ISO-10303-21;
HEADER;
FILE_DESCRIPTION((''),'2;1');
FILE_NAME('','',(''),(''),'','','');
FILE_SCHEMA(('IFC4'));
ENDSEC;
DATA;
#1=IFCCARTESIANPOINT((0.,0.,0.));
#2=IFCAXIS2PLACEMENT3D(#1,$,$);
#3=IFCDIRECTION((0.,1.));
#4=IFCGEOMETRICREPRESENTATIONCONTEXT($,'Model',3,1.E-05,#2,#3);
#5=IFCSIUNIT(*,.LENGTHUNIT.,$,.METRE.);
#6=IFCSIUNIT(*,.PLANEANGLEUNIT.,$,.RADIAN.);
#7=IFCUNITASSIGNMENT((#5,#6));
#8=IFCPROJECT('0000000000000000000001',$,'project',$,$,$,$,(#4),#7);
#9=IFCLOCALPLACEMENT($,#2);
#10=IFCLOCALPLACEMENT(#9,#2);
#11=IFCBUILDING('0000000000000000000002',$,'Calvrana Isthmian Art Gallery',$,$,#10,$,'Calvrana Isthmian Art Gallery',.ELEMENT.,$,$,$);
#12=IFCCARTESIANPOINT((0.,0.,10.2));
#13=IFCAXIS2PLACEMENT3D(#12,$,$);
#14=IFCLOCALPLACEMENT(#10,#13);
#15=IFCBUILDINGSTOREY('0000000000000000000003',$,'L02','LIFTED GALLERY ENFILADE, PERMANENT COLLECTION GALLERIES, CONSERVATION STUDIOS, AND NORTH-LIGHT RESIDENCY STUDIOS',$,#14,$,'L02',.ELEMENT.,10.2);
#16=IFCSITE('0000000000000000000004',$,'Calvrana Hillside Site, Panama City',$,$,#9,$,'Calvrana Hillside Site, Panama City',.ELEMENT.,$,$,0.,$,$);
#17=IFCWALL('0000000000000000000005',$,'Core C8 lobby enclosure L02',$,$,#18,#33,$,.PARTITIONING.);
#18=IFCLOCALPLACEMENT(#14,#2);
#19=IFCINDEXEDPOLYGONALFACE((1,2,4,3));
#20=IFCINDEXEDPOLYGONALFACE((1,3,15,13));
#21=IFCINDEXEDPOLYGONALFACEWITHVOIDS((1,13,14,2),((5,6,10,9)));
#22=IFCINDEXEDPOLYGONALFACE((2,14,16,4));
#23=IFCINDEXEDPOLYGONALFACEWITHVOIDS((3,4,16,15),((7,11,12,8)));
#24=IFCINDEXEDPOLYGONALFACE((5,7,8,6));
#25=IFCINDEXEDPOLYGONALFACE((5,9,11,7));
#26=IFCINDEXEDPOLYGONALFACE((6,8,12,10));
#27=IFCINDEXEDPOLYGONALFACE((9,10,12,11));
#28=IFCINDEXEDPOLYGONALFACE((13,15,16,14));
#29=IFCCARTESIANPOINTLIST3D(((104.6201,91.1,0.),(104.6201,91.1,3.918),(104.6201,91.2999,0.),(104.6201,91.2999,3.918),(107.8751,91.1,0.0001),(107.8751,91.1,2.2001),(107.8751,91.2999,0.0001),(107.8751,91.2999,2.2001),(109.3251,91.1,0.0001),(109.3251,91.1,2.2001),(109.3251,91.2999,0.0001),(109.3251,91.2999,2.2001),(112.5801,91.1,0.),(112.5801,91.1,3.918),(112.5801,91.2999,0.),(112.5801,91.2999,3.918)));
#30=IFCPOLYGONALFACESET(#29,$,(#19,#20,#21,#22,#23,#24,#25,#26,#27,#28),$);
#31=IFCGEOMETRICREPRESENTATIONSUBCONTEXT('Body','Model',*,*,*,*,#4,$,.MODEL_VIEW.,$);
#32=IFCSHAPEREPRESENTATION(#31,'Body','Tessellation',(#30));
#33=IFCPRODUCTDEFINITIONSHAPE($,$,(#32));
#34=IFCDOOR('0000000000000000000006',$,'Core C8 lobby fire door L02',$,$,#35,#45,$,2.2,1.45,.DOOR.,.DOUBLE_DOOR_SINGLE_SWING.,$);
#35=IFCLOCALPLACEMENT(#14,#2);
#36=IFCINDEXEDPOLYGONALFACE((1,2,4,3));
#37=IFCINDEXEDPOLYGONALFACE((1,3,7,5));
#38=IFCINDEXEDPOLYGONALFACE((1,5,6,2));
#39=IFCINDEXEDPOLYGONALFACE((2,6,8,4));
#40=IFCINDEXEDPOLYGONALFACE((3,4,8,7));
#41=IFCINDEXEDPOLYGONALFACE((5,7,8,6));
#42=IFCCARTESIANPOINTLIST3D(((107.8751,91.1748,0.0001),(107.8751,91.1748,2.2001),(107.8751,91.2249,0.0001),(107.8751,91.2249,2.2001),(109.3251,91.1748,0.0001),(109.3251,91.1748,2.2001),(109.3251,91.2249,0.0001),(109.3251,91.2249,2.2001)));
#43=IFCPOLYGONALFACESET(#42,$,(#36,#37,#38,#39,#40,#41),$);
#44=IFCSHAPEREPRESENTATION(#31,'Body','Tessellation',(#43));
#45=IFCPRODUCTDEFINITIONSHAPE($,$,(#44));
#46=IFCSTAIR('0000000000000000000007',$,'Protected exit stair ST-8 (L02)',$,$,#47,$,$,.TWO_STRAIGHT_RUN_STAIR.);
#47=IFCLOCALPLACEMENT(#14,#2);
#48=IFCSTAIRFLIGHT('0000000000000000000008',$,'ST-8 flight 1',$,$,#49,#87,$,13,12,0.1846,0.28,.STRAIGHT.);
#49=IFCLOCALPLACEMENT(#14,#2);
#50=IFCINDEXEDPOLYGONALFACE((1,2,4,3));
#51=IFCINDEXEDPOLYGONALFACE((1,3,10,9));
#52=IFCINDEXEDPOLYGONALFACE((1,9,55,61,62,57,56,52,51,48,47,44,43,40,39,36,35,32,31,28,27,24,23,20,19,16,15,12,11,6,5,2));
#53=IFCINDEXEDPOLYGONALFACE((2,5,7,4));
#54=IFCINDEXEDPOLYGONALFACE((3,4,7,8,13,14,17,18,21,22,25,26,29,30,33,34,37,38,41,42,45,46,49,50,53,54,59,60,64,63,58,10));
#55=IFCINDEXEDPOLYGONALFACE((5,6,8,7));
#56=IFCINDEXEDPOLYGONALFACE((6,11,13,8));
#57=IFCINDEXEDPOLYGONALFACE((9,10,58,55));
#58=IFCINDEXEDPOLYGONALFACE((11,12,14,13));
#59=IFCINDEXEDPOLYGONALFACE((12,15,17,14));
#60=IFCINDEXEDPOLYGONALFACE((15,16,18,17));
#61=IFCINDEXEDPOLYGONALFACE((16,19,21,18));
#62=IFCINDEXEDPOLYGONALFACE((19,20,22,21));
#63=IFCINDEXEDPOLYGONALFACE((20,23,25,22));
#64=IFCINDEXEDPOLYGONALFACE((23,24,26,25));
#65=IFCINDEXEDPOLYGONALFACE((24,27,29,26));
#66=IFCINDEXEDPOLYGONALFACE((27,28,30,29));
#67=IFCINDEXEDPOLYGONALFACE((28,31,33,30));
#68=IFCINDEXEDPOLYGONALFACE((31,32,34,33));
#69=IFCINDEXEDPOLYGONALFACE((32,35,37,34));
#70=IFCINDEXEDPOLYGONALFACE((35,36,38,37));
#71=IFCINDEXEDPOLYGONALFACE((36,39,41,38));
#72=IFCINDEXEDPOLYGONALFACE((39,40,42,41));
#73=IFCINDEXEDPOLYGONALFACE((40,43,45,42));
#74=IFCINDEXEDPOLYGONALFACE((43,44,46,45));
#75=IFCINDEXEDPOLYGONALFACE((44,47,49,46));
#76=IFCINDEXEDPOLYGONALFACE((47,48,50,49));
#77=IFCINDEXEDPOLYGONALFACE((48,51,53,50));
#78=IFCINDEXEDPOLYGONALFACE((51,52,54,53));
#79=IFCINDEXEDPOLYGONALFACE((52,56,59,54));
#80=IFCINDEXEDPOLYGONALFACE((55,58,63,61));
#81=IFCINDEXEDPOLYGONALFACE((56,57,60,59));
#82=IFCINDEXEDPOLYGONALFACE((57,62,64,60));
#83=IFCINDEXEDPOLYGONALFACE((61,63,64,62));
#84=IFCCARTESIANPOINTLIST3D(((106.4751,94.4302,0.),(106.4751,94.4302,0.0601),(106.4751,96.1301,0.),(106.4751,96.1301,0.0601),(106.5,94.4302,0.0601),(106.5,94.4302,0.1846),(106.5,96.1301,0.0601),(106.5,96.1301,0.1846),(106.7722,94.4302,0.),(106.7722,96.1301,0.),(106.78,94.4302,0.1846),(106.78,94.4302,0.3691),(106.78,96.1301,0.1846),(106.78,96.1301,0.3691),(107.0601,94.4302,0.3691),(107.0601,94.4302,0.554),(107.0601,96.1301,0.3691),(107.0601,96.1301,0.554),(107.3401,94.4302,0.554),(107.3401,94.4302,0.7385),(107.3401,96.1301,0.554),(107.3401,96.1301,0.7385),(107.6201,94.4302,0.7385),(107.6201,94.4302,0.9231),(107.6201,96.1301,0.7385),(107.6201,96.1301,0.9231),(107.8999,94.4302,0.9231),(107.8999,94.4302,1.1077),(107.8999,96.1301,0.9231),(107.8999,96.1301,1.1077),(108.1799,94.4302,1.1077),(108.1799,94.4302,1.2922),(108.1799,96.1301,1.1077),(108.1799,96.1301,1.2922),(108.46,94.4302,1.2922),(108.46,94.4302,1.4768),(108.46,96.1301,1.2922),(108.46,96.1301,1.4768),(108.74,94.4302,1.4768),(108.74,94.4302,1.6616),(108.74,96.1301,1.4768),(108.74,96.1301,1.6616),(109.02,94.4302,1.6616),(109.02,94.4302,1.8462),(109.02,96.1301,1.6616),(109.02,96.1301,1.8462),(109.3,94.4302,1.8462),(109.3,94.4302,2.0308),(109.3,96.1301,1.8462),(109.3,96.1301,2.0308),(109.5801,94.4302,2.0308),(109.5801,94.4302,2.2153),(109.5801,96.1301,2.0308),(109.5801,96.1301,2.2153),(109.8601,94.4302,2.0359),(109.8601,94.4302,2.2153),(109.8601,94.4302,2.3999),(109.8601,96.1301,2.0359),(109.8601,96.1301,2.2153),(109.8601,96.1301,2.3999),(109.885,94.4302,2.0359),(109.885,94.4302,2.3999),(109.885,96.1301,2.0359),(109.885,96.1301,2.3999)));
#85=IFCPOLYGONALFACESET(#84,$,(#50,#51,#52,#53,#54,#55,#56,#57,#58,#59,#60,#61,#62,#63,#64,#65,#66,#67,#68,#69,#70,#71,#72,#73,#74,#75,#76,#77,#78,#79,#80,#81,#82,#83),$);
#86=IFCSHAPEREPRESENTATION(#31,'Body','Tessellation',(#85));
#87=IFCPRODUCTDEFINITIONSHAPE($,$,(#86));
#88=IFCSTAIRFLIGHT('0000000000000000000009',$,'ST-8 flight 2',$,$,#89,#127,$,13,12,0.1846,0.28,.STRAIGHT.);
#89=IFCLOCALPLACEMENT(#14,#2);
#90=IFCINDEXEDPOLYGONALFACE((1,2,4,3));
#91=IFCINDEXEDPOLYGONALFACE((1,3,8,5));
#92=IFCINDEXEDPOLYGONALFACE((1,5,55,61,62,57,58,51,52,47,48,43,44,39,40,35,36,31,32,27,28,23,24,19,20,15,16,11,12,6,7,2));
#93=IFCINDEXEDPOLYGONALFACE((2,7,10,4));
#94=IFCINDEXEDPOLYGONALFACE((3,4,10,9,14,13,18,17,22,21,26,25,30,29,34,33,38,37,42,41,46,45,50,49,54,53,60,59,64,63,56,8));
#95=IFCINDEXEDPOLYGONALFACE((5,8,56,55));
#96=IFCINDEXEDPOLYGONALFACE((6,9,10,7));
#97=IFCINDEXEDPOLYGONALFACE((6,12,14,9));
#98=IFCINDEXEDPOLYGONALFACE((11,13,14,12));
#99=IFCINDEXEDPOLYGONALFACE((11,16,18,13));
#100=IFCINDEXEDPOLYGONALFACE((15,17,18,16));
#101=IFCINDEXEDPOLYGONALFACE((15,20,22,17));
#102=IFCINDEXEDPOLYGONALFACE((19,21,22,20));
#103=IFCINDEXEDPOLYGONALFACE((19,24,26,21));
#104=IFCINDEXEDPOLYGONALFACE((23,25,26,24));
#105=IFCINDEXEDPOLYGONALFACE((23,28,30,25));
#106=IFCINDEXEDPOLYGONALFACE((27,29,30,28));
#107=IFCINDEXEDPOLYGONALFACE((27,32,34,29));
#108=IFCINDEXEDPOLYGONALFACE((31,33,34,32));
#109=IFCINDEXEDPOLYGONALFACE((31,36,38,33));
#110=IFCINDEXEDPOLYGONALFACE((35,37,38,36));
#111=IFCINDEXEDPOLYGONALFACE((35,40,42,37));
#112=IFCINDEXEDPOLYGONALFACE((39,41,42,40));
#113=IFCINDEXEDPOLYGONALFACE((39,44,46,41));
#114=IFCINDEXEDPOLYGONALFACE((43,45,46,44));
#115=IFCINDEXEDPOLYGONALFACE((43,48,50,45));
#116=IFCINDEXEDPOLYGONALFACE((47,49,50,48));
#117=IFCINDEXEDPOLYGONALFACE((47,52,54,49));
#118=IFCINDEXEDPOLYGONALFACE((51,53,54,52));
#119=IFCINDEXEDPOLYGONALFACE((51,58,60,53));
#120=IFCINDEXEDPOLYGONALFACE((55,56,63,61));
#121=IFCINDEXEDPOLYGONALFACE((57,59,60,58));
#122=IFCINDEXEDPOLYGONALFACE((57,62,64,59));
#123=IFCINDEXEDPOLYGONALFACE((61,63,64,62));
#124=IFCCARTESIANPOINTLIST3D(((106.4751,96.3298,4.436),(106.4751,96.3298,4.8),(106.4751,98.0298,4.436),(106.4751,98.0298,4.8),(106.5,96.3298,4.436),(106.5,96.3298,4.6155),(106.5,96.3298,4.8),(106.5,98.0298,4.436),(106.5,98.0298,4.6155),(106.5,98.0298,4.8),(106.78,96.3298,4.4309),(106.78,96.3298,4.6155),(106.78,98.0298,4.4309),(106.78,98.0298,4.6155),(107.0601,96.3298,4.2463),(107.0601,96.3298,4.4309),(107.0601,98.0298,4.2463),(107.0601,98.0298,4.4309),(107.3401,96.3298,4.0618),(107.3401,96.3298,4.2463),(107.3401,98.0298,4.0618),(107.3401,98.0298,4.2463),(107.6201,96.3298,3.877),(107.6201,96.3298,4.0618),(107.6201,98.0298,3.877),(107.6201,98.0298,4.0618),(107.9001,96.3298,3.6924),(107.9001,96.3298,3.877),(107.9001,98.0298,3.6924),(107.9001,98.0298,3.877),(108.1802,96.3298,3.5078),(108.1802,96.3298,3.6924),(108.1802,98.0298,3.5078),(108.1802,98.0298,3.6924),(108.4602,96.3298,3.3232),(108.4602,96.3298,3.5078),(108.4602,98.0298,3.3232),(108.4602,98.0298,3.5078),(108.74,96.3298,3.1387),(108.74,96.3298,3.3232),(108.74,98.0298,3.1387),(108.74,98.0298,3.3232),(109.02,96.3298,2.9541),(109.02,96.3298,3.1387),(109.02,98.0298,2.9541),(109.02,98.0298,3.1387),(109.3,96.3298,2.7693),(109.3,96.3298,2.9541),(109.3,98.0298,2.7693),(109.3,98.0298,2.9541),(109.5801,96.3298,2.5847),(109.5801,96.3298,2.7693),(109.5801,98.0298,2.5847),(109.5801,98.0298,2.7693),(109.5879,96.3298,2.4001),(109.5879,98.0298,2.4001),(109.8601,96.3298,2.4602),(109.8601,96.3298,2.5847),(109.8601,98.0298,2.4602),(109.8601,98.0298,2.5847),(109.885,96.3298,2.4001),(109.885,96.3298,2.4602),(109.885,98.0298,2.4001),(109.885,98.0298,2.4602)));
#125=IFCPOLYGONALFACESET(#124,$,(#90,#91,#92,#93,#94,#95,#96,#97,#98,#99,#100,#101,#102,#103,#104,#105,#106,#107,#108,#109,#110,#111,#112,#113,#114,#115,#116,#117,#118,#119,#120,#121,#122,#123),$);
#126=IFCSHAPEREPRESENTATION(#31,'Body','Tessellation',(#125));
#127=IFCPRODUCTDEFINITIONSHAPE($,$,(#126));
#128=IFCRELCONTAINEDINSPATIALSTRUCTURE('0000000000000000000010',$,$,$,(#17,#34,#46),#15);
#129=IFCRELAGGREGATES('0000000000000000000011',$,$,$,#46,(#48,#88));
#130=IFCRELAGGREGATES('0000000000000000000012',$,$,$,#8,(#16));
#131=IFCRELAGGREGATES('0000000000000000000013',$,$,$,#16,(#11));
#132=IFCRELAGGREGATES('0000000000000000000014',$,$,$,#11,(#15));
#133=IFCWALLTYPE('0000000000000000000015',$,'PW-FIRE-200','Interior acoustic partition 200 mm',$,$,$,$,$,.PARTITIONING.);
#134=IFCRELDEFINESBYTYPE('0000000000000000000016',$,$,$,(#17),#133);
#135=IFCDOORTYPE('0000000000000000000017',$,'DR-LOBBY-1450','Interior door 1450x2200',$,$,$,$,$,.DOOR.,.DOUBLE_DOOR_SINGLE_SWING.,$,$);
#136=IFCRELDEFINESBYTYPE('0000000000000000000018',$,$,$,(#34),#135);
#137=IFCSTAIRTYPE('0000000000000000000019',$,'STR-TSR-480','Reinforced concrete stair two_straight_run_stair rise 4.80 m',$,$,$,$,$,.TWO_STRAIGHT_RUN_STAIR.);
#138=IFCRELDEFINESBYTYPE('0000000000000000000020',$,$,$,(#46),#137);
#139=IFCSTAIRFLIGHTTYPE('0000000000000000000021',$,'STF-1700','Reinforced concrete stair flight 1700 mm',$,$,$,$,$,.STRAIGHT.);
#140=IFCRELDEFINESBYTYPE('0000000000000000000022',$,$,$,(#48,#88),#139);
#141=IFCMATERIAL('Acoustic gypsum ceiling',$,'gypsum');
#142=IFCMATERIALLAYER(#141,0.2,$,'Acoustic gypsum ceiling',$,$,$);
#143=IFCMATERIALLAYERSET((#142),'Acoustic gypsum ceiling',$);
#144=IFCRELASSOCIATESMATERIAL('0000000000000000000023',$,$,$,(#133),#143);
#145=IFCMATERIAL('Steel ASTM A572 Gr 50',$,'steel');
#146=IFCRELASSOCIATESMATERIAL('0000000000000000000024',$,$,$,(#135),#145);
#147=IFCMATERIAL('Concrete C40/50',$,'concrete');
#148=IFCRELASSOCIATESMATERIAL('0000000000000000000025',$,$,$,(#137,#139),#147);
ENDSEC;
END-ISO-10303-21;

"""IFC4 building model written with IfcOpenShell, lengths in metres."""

from ifc_helpers import new_model, si_unit, direction, frame, frame_2d, origin, place, context, subcontext, project, spatial, polyline, rectangle, outline, extrude, material, layer, layer_set, type_object, element, fill, aggregate, save


model = new_model("IFC4")

# Units and contexts
model_context = context("Model", 3, precision=1e-05, world=origin(), true_north=direction((0.0, 1.0)))
body_context = subcontext(model_context, "Body", "Model", "MODEL_VIEW")
ifc_project = project(units=[si_unit("LENGTHUNIT", "METRE"), si_unit("PLANEANGLEUNIT", "RADIAN")], contexts=[model_context])

# Site, building, storey
site_placement = place(None, origin())
site = spatial("IfcSite", under=ifc_project, at=site_placement, Name="Calvrana Hillside Site, Panama City", LongName="Calvrana Hillside Site, Panama City", CompositionType="ELEMENT", RefElevation=0.0)
building_placement = place(site_placement, origin())
building = spatial("IfcBuilding", under=site, at=building_placement, Name="Calvrana Isthmian Art Gallery", LongName="Calvrana Isthmian Art Gallery", CompositionType="ELEMENT")
storey_placement = place(building_placement, frame((0.0, 0.0, 10.2)))
storey = spatial("IfcBuildingStorey", under=building, at=storey_placement, Name="L02", Description="LIFTED GALLERY ENFILADE, PERMANENT COLLECTION GALLERIES, CONSERVATION STUDIOS, AND NORTH-LIGHT RESIDENCY STUDIOS", LongName="L02", CompositionType="ELEMENT", Elevation=10.2)

# Shared definitions
ifc_material_1 = material(Name="Concrete C40/50", Category="concrete")
ifc_material_2 = material(Name="Steel ASTM A572 Gr 50", Category="steel")

# Shared definitions
ifc_material_3 = material(Name="Acoustic gypsum ceiling", Category="gypsum")
ifc_layer_1 = layer(ifc_material_3, 0.2, Name="Acoustic gypsum ceiling")
ifc_layer_set_1 = layer_set([ifc_layer_1], Name="Acoustic gypsum ceiling")
wall_type_1 = type_object("IfcWallType", Name="PW-FIRE-200", Description="Interior acoustic partition 200 mm", PredefinedType="PARTITIONING", material=ifc_layer_set_1)

# Wall, opening, door
wall_1_placement = place(storey_placement, frame((104.6201, 91.2, 0.0), z_axis=(0.0, 0.0, 1.0), x_axis=(1.0, 0.0, 0.0)))
wall_1 = element("IfcWall", 1, at=wall_1_placement, inside=storey, type_object=wall_type_1, Name="Core C8 lobby enclosure L02", PredefinedType="PARTITIONING", context=body_context, shape_type="SweptSolid", body=[
    extrude(rectangle(XDim=7.96, YDim=0.2, at=frame_2d((3.98, 0.0))), origin(), (0.0, 0.0, 1.0), 3.918),
])
opening_1_placement = place(wall_1_placement, frame((3.2549, 0.0, 0.0)))
opening_1 = element("IfcOpeningElement", 2, at=opening_1_placement, cuts=wall_1, PredefinedType="OPENING", context=body_context, shape_type="SweptSolid", body=[
    extrude(rectangle(XDim=1.45, YDim=2.2, at=frame_2d((0.7251, 1.1001))), frame((0.0, 0.1104, 0.0), z_axis=(0.0, -1.0, 0.0), x_axis=(1.0, 0.0, 0.0)), (0.0, 0.0, 1.0), 0.2205),
])
door_type_1 = type_object("IfcDoorType", Name="DR-LOBBY-1450", Description="Interior door 1450x2200", OperationType="DOUBLE_DOOR_SINGLE_SWING", PredefinedType="DOOR", material=ifc_material_2)
door_1_placement = place(opening_1_placement, origin())
door_1 = element("IfcDoor", 3, at=door_1_placement, inside=storey, type_object=door_type_1, Name="Core C8 lobby fire door L02", OperationType="DOUBLE_DOOR_SINGLE_SWING", OverallHeight=2.2, OverallWidth=1.45, PredefinedType="DOOR", context=body_context, shape_type="SweptSolid", body=[
    extrude(rectangle(XDim=1.45, YDim=2.2, at=frame_2d((0.7251, 1.1001))), frame((0.0, 0.0249, 0.0), z_axis=(0.0, -1.0, 0.0), x_axis=(1.0, 0.0, 0.0)), (0.0, 0.0, 1.0), 0.05),
])
fill(opening_1, door_1)

# Stair, stair flights
stair_type = type_object("IfcStairType", Name="STR-TSR-480", Description="Reinforced concrete stair two_straight_run_stair rise 4.80 m", PredefinedType="TWO_STRAIGHT_RUN_STAIR", material=ifc_material_1)
stair_placement = place(storey_placement, origin())
stair = element("IfcStair", 4, at=stair_placement, inside=storey, type_object=stair_type, Name="Protected exit stair ST-8 (L02)", PredefinedType="TWO_STRAIGHT_RUN_STAIR")
stair_flight_type = type_object("IfcStairFlightType", Name="STF-1700", Description="Reinforced concrete stair flight 1700 mm", PredefinedType="STRAIGHT", material=ifc_material_1)
stair_flight_1_placement = place(storey_placement, frame((106.5, 95.28, 0.0), z_axis=(0.0, 0.0, 1.0), x_axis=(1.0, 0.0, 0.0)))
stair_flight_1 = element("IfcStairFlight", 5, at=stair_flight_1_placement, type_object=stair_flight_type, Name="ST-8 flight 1", NumberOfRisers=13, NumberOfTreads=12, PredefinedType="STRAIGHT", RiserHeight=0.1846, TreadLength=0.28, context=body_context, shape_type="SweptSolid", body=[
    extrude(outline(polyline([(-0.0249, 0.0), (-0.0249, 0.0601), (0.0, 0.0601), (0.0, 0.1846), (0.28, 0.1846), (0.28, 0.3691), (0.5601, 0.3691), (0.5601, 0.554), (0.8401, 0.554), (0.8401, 0.7385), (1.1201, 0.7385), (1.1201, 0.9231), (1.3999, 0.9231), (1.3999, 1.1077), (1.6799, 1.1077), (1.6799, 1.2922), (1.96, 1.2922), (1.96, 1.4768), (2.24, 1.4768), (2.24, 1.6616), (2.52, 1.6616), (2.52, 1.8462), (2.8, 1.8462), (2.8, 2.0308), (3.0801, 2.0308), (3.0801, 2.2153), (3.3601, 2.2153), (3.3601, 2.3999), (3.385, 2.3999), (3.385, 2.0359), (3.3601, 2.0359), (0.2722, 0.0), (-0.0249, 0.0)])), frame((0.0, 0.8501, 0.0), z_axis=(0.0, -1.0, 0.0), x_axis=(1.0, 0.0, 0.0)), (0.0, 0.0, 1.0), 1.7),
])
stair_flight_2_placement = place(storey_placement, frame((109.8601, 97.1799, 2.4001), z_axis=(0.0, 0.0, 1.0), x_axis=(-1.0, 0.0, 0.0)))
stair_flight_2 = element("IfcStairFlight", 6, at=stair_flight_2_placement, type_object=stair_flight_type, Name="ST-8 flight 2", NumberOfRisers=13, NumberOfTreads=12, PredefinedType="STRAIGHT", RiserHeight=0.1846, TreadLength=0.28, context=body_context, shape_type="SweptSolid", body=[
    extrude(outline(polyline([(-0.0249, 0.0), (-0.0249, 0.0601), (0.0, 0.0601), (0.0, 0.1846), (0.28, 0.1846), (0.28, 0.3691), (0.5601, 0.3691), (0.5601, 0.554), (0.8401, 0.554), (0.8401, 0.7385), (1.1201, 0.7385), (1.1201, 0.9231), (1.3999, 0.9231), (1.3999, 1.1077), (1.6799, 1.1077), (1.6799, 1.2922), (1.96, 1.2922), (1.96, 1.4768), (2.24, 1.4768), (2.24, 1.6616), (2.52, 1.6616), (2.52, 1.8462), (2.8, 1.8462), (2.8, 2.0308), (3.0801, 2.0308), (3.0801, 2.2153), (3.3601, 2.2153), (3.3601, 2.3999), (3.385, 2.3999), (3.385, 2.0359), (3.3601, 2.0359), (0.2722, 0.0), (-0.0249, 0.0)])), frame((0.0, 0.8501, 0.0), z_axis=(0.0, -1.0, 0.0), x_axis=(1.0, 0.0, 0.0)), (0.0, 0.0, 1.0), 1.7),
])
aggregate(stair, [stair_flight_1, stair_flight_2])

save(model, "model.ifc")
